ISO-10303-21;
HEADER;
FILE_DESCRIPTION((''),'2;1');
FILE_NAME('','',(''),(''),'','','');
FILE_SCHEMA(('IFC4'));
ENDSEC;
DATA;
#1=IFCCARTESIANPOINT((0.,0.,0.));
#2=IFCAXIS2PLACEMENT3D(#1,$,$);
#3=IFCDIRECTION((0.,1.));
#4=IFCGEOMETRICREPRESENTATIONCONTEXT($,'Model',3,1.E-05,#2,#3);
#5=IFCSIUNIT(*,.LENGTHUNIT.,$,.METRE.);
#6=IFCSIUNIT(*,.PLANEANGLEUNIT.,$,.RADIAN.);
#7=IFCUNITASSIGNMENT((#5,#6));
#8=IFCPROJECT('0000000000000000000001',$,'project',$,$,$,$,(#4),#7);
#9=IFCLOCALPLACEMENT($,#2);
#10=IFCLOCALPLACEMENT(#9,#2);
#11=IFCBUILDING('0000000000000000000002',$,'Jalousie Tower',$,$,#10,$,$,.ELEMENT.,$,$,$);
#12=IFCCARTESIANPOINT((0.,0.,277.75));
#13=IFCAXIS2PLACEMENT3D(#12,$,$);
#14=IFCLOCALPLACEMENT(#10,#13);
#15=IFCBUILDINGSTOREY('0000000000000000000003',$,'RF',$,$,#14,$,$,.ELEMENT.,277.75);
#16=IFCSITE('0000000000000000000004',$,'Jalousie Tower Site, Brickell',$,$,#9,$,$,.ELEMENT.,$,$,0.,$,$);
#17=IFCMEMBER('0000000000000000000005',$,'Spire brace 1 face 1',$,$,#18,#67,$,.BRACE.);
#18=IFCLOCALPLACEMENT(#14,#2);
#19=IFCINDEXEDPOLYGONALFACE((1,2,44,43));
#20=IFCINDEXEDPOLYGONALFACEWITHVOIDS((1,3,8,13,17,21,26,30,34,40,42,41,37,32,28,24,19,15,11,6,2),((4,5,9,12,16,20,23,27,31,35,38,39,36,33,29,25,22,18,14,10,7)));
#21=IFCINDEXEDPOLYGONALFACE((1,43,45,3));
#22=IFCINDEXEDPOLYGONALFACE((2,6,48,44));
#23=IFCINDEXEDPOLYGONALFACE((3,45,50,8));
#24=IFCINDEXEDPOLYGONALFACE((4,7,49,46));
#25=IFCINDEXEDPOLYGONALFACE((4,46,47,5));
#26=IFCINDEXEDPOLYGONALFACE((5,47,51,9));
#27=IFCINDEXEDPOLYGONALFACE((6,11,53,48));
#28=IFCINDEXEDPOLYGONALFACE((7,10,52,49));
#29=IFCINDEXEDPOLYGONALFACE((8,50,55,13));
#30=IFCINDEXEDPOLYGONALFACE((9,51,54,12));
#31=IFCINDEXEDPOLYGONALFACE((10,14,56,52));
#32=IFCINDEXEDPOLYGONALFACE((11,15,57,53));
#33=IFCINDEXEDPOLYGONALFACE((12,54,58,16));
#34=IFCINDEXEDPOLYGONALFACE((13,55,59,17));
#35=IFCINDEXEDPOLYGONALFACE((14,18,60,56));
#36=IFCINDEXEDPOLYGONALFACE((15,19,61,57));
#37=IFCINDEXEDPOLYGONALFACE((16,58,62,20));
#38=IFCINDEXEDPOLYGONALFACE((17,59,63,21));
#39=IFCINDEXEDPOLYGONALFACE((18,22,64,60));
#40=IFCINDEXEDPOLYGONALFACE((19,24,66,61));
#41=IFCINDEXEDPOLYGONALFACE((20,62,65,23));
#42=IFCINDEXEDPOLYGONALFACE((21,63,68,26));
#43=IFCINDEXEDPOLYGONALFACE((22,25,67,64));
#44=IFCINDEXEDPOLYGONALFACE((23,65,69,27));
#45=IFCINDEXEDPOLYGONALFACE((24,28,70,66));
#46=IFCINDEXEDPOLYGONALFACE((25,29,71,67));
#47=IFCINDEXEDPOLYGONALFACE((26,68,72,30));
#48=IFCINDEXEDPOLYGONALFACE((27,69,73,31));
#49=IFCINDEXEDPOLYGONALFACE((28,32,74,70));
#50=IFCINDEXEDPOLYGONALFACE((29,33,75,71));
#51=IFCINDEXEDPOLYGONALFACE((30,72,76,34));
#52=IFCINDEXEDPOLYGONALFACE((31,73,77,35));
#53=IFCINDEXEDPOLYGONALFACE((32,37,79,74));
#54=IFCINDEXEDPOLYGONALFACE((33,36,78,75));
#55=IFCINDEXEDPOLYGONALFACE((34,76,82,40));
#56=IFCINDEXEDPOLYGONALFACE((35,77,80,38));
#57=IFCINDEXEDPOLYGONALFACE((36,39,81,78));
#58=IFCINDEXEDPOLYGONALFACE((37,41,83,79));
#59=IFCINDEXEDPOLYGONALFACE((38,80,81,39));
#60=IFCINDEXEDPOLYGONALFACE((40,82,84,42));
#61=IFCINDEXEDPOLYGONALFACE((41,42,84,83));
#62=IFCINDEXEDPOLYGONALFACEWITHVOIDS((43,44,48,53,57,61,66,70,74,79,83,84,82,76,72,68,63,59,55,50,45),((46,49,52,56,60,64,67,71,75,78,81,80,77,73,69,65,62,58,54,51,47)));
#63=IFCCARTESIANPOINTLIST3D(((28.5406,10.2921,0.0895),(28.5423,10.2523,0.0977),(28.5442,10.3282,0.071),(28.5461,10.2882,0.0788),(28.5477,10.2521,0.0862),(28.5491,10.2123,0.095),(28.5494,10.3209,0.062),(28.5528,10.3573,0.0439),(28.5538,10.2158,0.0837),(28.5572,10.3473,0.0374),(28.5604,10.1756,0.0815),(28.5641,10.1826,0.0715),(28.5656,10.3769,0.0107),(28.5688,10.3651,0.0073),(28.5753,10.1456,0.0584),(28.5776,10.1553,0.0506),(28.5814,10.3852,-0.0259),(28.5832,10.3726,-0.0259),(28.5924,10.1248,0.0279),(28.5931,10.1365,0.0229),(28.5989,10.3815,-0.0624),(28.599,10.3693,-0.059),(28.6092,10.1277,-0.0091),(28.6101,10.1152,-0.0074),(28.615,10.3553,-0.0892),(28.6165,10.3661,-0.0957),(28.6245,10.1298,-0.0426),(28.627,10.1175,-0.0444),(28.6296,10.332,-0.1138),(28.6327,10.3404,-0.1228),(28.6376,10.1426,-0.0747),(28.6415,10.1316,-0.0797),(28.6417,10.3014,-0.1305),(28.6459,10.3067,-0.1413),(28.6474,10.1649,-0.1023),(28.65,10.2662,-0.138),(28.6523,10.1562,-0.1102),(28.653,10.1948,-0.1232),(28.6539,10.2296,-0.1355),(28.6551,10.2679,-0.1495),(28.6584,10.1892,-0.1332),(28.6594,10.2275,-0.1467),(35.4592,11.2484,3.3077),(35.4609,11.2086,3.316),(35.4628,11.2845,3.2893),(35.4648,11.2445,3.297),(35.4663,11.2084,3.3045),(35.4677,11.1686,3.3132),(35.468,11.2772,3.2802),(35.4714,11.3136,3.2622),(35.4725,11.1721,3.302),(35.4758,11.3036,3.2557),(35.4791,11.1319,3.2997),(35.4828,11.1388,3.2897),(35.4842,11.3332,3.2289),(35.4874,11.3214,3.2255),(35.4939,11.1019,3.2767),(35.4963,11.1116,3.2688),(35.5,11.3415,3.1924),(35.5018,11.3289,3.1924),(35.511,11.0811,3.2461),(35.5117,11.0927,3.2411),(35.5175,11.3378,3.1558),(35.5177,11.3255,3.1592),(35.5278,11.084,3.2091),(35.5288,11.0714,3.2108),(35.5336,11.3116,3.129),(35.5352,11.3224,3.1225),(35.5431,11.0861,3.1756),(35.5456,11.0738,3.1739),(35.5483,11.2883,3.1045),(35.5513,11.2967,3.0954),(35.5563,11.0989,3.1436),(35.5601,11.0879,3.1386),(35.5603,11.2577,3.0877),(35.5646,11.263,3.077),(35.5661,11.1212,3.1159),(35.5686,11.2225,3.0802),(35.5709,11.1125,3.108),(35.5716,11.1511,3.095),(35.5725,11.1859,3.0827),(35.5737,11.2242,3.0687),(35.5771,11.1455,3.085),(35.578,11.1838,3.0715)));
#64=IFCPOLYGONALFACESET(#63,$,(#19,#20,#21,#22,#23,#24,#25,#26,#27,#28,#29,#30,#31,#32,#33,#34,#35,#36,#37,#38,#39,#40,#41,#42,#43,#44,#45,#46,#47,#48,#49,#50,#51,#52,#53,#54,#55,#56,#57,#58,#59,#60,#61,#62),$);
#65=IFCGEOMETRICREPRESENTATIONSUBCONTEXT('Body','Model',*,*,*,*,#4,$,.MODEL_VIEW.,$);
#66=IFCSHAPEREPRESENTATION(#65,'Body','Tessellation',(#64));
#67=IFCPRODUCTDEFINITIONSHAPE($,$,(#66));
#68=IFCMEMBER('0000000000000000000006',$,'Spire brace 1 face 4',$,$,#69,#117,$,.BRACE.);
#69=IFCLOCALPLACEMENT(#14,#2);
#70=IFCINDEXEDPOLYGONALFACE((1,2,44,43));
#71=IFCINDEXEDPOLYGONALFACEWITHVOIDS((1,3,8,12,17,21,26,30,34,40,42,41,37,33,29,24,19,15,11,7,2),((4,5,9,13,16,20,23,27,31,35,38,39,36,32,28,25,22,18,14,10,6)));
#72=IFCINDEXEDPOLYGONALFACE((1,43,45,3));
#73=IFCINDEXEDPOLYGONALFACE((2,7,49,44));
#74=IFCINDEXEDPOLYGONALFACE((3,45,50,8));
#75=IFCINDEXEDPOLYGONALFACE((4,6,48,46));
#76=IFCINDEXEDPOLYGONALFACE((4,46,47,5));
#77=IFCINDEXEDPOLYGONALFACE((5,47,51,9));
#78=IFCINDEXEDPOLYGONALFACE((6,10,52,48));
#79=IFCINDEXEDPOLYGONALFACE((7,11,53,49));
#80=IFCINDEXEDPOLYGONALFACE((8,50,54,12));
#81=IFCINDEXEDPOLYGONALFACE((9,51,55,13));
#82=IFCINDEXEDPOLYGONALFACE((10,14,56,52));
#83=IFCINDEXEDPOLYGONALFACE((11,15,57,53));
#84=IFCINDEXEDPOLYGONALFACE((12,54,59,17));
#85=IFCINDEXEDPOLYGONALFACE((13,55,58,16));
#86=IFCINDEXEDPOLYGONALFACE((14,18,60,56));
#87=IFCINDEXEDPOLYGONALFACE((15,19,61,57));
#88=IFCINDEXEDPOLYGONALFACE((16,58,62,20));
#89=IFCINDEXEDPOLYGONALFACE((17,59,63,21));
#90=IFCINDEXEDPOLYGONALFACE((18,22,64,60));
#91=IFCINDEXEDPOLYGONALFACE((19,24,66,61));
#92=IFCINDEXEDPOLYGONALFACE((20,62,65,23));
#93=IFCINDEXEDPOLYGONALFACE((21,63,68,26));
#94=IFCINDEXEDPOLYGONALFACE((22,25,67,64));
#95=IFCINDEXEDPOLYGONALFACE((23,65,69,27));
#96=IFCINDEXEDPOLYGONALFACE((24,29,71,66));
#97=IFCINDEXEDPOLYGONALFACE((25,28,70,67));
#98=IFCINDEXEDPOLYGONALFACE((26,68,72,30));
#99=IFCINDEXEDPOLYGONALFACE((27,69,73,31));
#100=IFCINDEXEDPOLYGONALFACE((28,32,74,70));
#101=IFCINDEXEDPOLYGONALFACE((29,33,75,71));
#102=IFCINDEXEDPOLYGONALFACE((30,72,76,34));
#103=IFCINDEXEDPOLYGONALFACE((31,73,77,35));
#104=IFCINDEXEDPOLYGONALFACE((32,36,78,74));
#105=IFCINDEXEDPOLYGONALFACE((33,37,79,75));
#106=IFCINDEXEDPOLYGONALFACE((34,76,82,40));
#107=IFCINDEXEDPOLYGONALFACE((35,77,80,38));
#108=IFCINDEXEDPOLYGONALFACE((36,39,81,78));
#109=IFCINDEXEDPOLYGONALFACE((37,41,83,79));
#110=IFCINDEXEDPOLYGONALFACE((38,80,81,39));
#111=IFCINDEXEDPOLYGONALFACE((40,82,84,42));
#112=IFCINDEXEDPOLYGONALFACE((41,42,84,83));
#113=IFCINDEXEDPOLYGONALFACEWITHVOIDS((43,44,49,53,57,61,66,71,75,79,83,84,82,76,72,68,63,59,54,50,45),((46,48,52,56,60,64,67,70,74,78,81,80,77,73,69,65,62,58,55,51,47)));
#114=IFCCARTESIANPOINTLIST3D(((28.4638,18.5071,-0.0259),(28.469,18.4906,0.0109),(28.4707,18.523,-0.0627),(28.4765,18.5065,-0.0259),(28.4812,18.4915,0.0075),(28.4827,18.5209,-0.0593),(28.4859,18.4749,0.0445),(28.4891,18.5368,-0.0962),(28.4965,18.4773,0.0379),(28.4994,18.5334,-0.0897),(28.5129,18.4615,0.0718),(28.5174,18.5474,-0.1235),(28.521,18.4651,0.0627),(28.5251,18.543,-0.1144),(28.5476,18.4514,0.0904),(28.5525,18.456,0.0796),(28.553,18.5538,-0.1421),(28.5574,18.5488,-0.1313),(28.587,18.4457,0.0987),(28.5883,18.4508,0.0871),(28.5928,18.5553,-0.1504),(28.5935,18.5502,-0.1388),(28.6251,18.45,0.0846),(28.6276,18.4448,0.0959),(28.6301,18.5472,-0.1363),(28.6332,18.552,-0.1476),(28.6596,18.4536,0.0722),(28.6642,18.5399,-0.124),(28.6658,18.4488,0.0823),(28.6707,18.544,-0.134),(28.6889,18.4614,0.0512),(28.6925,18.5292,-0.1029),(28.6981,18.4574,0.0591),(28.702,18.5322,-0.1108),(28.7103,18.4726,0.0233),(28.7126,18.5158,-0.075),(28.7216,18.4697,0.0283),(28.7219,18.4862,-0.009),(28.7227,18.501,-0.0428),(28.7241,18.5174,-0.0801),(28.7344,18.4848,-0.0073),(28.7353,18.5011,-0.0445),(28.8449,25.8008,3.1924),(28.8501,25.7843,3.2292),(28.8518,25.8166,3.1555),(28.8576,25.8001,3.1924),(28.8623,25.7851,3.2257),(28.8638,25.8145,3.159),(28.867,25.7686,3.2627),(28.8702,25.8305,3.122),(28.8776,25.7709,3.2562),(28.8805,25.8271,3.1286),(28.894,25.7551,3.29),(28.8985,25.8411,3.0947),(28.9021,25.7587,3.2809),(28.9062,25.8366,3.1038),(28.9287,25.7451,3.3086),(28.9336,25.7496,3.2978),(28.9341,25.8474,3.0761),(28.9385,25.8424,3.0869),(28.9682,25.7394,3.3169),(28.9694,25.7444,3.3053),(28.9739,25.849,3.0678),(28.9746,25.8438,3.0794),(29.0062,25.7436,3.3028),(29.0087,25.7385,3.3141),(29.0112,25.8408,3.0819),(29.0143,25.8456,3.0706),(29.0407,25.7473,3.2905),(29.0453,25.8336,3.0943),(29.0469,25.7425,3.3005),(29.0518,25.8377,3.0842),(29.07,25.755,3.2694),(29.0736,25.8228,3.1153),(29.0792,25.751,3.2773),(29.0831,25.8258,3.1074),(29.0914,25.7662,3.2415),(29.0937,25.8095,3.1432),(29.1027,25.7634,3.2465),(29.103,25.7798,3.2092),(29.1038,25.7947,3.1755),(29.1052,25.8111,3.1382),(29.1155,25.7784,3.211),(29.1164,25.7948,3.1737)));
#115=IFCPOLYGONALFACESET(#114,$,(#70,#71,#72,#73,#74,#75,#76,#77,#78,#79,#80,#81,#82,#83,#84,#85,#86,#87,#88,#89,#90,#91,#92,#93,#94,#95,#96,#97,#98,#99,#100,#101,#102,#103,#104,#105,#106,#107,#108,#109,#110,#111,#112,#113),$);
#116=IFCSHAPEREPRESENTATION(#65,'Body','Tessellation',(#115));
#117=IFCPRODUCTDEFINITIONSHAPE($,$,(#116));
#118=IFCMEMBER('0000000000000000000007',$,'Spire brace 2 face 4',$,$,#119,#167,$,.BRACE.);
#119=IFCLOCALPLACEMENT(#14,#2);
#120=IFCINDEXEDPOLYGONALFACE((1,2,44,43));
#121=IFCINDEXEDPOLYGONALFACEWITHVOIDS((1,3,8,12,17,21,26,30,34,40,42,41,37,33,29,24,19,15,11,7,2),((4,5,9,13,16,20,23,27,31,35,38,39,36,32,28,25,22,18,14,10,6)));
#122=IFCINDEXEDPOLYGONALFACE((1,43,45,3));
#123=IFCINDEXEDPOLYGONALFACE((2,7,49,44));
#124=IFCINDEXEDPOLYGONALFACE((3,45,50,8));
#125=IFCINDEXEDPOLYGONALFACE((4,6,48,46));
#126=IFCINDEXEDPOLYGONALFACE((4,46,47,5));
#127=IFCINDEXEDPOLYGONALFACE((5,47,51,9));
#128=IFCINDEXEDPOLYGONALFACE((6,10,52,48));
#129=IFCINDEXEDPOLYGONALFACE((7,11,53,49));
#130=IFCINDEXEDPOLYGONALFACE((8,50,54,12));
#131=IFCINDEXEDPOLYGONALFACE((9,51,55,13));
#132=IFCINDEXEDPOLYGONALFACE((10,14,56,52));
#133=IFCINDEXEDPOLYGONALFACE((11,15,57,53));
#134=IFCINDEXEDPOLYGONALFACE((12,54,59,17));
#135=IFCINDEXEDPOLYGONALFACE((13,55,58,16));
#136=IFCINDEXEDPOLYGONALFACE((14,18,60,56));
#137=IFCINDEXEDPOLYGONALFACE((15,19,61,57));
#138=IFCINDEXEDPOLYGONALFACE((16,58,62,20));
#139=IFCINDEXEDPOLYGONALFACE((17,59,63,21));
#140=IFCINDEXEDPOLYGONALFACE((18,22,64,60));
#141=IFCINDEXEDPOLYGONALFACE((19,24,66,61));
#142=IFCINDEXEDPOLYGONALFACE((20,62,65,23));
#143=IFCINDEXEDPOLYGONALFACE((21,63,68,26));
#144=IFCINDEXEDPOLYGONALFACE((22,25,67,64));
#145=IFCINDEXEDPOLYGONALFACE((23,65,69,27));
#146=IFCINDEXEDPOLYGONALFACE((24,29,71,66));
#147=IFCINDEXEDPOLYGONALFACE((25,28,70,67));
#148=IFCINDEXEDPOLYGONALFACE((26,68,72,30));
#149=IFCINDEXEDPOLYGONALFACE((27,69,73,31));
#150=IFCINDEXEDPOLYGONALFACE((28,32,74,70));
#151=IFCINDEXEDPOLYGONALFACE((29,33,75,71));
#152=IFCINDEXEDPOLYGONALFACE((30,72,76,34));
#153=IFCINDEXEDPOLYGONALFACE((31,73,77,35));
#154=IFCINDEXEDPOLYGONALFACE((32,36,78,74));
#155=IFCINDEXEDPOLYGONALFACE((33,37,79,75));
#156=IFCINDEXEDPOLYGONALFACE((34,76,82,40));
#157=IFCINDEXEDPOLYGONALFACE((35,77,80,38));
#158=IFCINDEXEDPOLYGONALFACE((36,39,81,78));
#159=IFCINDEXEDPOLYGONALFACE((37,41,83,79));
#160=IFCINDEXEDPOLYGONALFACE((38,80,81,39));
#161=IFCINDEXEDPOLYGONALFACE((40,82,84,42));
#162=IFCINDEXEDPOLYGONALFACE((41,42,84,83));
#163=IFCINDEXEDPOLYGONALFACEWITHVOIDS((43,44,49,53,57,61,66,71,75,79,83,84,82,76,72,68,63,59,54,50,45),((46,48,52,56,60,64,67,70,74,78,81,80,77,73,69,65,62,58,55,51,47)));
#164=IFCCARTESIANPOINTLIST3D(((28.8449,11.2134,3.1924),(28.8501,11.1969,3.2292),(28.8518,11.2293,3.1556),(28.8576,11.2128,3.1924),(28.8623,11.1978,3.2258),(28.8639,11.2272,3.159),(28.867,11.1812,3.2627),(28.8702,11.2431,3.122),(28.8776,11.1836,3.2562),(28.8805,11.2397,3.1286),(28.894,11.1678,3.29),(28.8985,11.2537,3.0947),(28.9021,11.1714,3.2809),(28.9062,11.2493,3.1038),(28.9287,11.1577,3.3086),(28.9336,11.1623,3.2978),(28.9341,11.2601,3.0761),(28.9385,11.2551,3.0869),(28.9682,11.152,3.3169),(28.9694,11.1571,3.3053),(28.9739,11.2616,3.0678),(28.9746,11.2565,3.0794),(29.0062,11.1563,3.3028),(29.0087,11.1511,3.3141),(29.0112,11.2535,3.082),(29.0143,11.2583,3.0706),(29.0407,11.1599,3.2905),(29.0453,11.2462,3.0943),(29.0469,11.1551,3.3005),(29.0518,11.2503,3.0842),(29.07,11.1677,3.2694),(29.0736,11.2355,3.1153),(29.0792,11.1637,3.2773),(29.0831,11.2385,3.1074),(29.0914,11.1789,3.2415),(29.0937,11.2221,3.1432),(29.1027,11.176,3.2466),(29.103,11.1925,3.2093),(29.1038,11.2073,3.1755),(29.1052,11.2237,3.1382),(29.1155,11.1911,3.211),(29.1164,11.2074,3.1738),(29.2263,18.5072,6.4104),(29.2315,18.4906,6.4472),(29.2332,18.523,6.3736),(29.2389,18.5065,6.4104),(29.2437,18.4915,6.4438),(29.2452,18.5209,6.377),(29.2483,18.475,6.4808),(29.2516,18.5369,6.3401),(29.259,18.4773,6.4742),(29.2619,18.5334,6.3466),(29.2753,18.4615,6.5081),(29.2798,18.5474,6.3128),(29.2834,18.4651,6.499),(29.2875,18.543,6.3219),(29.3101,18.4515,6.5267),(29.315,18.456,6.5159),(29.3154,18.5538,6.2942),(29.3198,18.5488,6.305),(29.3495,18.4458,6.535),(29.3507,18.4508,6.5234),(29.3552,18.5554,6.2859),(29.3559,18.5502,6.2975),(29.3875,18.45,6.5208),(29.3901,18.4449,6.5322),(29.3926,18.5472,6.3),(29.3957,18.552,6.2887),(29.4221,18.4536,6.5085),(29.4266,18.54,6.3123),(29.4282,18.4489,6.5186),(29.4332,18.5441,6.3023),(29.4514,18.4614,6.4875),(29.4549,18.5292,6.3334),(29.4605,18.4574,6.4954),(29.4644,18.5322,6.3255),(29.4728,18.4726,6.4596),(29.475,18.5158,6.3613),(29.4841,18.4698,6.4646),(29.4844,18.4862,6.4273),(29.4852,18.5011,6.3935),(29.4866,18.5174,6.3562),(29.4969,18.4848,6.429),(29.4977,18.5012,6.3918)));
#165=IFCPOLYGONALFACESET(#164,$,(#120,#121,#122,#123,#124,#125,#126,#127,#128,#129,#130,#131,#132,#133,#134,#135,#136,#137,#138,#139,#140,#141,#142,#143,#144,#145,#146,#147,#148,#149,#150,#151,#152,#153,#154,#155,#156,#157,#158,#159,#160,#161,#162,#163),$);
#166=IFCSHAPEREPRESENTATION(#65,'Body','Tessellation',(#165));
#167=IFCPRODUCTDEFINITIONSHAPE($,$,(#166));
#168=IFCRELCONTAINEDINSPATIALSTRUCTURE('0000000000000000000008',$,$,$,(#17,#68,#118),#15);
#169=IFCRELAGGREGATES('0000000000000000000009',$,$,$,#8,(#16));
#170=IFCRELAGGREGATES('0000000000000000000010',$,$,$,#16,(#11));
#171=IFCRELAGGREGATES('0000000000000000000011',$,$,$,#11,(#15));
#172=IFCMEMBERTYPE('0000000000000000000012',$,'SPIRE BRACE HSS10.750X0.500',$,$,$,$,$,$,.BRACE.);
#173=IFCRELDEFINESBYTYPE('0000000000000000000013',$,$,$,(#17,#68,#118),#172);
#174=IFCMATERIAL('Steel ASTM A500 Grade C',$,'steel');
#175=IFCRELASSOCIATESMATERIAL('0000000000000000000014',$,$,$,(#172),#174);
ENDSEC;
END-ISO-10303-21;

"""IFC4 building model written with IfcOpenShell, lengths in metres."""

from ifc_helpers import new_model, si_unit, direction, frame, origin, origin_2d, place, context, subcontext, project, spatial, hollow_circle, extrude, material, material_profile, profile_set, type_object, element, save


model = new_model("IFC4")

# Units and contexts
model_context = context("Model", 3, precision=1e-05, world=origin(), true_north=direction((0.0, 1.0)))
body_context = subcontext(model_context, "Body", "Model", "MODEL_VIEW")
ifc_project = project(units=[si_unit("LENGTHUNIT", "METRE"), si_unit("PLANEANGLEUNIT", "RADIAN")], contexts=[model_context])

# Site, building, storey
site_placement = place(None, origin())
site = spatial("IfcSite", under=ifc_project, at=site_placement, Name="Jalousie Tower Site, Brickell", CompositionType="ELEMENT", RefElevation=0.0)
building_placement = place(site_placement, origin())
building = spatial("IfcBuilding", under=site, at=building_placement, Name="Jalousie Tower", CompositionType="ELEMENT")
storey_placement = place(building_placement, frame((0.0, 0.0, 277.75)))
storey = spatial("IfcBuildingStorey", under=building, at=storey_placement, Name="RF", CompositionType="ELEMENT", Elevation=277.75)

# Members
ifc_material_1 = material(Name="Steel ASTM A500 Grade C", Category="steel")
ifc_material_profile_1 = material_profile(ifc_material_1, hollow_circle(Radius=0.1365, WallThickness=0.0127, at=origin_2d()), Name="HSS10.750X0.500")
ifc_profile_set_1 = profile_set([ifc_material_profile_1], Name="Steel ASTM A500 Grade C")
member_type_1 = type_object("IfcMemberType", Name="SPIRE BRACE HSS10.750X0.500", PredefinedType="BRACE", material=ifc_profile_set_1)
member_1_placement = place(storey_placement, frame((28.6001, 10.25, -0.0259), z_axis=(0.89967, 0.124352, 0.418485), x_axis=(-0.136918, 0.990582, 0.0)))
element("IfcMember", 1, at=member_1_placement, inside=storey, type_object=member_type_1, Name="Spire brace 1 face 1", PredefinedType="BRACE", context=body_context, shape_type="SweptSolid", body=[
    extrude(hollow_circle(Radius=0.1365, WallThickness=0.0127, at=origin_2d()), origin(), (0.0, 0.0, 1.0), 7.6902),
])
for number, where, z_axis, x_axis, name in (
    (2, (28.6001, 18.5, -0.0259), (0.04775, 0.913853, 0.403227), (-0.998638, 0.05218, 0.0), "Spire brace 1 face 4"),
    (3, (28.9812, 11.2063, 3.1924), (0.047781, 0.913863, 0.403201), (-0.998636, 0.052213, 0.0), "Spire brace 2 face 4"),
):
    element("IfcMember", number, at=place(storey_placement, frame(where, z_axis=z_axis, x_axis=x_axis)), inside=storey, type_object=member_type_1, Name=name, PredefinedType="BRACE", context=body_context, shape_type="SweptSolid", body=[
        extrude(hollow_circle(Radius=0.1365, WallThickness=0.0127, at=origin_2d()), origin(), (0.0, 0.0, 1.0), 7.9812),
    ])

save(model, "model.ifc")
